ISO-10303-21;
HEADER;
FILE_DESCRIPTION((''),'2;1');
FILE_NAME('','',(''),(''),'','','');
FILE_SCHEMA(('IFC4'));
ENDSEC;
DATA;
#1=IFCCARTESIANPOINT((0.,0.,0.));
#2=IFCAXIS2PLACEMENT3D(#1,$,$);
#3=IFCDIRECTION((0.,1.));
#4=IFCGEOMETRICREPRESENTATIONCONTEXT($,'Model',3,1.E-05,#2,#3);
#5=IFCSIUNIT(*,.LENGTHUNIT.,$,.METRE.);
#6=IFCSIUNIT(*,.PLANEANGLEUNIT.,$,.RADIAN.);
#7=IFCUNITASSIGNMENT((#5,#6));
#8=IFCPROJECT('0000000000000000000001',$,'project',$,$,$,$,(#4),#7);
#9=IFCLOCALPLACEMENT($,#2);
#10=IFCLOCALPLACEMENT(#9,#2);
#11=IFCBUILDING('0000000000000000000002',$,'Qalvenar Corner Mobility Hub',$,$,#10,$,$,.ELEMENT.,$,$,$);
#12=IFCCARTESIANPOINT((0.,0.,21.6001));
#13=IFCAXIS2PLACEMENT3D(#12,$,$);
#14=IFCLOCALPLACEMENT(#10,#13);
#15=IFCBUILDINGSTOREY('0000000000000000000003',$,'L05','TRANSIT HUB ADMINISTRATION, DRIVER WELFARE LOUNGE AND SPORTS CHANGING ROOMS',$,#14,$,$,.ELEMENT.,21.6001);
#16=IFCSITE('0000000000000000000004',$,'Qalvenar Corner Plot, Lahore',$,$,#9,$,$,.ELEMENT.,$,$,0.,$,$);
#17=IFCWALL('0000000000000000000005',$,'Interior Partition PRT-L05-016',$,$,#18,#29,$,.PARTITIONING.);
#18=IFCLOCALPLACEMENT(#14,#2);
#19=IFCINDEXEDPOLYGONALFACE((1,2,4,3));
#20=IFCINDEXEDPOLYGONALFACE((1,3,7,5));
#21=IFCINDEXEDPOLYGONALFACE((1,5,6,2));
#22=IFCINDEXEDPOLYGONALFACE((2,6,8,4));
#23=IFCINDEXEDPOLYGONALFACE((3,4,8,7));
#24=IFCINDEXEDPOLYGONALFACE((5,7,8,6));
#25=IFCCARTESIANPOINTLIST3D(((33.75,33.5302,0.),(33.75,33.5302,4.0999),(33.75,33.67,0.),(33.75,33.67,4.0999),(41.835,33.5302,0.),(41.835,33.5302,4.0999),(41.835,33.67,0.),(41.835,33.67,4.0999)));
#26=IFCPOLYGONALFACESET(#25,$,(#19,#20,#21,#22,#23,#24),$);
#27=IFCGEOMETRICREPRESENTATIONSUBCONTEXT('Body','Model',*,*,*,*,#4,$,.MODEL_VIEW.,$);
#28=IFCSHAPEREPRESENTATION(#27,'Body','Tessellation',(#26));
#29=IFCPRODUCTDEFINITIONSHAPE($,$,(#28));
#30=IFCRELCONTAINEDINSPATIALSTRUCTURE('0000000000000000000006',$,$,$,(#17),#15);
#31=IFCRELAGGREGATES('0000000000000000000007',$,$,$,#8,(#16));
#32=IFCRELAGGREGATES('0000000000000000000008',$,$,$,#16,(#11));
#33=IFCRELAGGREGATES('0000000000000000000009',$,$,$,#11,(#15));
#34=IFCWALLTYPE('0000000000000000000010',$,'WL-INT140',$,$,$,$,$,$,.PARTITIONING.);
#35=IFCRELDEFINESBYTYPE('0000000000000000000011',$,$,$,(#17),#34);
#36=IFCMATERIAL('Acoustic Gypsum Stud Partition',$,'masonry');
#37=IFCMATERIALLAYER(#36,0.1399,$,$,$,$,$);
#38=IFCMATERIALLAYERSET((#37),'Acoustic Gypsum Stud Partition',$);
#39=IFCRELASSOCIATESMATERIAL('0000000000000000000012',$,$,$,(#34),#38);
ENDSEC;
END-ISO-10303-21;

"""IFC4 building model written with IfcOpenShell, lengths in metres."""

from ifc_helpers import new_model, si_unit, direction, frame, frame_2d, origin, place, context, subcontext, project, spatial, rectangle, extrude, material, layer, layer_set, type_object, element, save


model = new_model("IFC4")

# Units and contexts
model_context = context("Model", 3, precision=1e-05, world=origin(), true_north=direction((0.0, 1.0)))
body_context = subcontext(model_context, "Body", "Model", "MODEL_VIEW")
ifc_project = project(units=[si_unit("LENGTHUNIT", "METRE"), si_unit("PLANEANGLEUNIT", "RADIAN")], contexts=[model_context])

# Site, building, storey
site_placement = place(None, origin())
site = spatial("IfcSite", under=ifc_project, at=site_placement, Name="Qalvenar Corner Plot, Lahore", CompositionType="ELEMENT", RefElevation=0.0)
building_placement = place(site_placement, origin())
building = spatial("IfcBuilding", under=site, at=building_placement, Name="Qalvenar Corner Mobility Hub", CompositionType="ELEMENT")
storey_placement = place(building_placement, frame((0.0, 0.0, 21.6001)))
storey = spatial("IfcBuildingStorey", under=building, at=storey_placement, Name="L05", Description="TRANSIT HUB ADMINISTRATION, DRIVER WELFARE LOUNGE AND SPORTS CHANGING ROOMS", CompositionType="ELEMENT", Elevation=21.6001)

# Wall
ifc_material_1 = material(Name="Acoustic Gypsum Stud Partition", Category="masonry")
ifc_layer_1 = layer(ifc_material_1, 0.1399)
ifc_layer_set_1 = layer_set([ifc_layer_1], Name="Acoustic Gypsum Stud Partition")
wall_type = type_object("IfcWallType", Name="WL-INT140", PredefinedType="PARTITIONING", material=ifc_layer_set_1)
wall_placement = place(storey_placement, frame((33.75, 33.6001, 0.0), z_axis=(0.0, 0.0, 1.0), x_axis=(1.0, 0.0, 0.0)))
element("IfcWall", 1, at=wall_placement, inside=storey, type_object=wall_type, Name="Interior Partition PRT-L05-016", PredefinedType="PARTITIONING", context=body_context, shape_type="SweptSolid", body=[
    extrude(rectangle(XDim=8.085, YDim=0.1399, at=frame_2d((4.0425, 0.0))), origin(), (0.0, 0.0, 1.0), 4.0999),
])

save(model, "model.ifc")
